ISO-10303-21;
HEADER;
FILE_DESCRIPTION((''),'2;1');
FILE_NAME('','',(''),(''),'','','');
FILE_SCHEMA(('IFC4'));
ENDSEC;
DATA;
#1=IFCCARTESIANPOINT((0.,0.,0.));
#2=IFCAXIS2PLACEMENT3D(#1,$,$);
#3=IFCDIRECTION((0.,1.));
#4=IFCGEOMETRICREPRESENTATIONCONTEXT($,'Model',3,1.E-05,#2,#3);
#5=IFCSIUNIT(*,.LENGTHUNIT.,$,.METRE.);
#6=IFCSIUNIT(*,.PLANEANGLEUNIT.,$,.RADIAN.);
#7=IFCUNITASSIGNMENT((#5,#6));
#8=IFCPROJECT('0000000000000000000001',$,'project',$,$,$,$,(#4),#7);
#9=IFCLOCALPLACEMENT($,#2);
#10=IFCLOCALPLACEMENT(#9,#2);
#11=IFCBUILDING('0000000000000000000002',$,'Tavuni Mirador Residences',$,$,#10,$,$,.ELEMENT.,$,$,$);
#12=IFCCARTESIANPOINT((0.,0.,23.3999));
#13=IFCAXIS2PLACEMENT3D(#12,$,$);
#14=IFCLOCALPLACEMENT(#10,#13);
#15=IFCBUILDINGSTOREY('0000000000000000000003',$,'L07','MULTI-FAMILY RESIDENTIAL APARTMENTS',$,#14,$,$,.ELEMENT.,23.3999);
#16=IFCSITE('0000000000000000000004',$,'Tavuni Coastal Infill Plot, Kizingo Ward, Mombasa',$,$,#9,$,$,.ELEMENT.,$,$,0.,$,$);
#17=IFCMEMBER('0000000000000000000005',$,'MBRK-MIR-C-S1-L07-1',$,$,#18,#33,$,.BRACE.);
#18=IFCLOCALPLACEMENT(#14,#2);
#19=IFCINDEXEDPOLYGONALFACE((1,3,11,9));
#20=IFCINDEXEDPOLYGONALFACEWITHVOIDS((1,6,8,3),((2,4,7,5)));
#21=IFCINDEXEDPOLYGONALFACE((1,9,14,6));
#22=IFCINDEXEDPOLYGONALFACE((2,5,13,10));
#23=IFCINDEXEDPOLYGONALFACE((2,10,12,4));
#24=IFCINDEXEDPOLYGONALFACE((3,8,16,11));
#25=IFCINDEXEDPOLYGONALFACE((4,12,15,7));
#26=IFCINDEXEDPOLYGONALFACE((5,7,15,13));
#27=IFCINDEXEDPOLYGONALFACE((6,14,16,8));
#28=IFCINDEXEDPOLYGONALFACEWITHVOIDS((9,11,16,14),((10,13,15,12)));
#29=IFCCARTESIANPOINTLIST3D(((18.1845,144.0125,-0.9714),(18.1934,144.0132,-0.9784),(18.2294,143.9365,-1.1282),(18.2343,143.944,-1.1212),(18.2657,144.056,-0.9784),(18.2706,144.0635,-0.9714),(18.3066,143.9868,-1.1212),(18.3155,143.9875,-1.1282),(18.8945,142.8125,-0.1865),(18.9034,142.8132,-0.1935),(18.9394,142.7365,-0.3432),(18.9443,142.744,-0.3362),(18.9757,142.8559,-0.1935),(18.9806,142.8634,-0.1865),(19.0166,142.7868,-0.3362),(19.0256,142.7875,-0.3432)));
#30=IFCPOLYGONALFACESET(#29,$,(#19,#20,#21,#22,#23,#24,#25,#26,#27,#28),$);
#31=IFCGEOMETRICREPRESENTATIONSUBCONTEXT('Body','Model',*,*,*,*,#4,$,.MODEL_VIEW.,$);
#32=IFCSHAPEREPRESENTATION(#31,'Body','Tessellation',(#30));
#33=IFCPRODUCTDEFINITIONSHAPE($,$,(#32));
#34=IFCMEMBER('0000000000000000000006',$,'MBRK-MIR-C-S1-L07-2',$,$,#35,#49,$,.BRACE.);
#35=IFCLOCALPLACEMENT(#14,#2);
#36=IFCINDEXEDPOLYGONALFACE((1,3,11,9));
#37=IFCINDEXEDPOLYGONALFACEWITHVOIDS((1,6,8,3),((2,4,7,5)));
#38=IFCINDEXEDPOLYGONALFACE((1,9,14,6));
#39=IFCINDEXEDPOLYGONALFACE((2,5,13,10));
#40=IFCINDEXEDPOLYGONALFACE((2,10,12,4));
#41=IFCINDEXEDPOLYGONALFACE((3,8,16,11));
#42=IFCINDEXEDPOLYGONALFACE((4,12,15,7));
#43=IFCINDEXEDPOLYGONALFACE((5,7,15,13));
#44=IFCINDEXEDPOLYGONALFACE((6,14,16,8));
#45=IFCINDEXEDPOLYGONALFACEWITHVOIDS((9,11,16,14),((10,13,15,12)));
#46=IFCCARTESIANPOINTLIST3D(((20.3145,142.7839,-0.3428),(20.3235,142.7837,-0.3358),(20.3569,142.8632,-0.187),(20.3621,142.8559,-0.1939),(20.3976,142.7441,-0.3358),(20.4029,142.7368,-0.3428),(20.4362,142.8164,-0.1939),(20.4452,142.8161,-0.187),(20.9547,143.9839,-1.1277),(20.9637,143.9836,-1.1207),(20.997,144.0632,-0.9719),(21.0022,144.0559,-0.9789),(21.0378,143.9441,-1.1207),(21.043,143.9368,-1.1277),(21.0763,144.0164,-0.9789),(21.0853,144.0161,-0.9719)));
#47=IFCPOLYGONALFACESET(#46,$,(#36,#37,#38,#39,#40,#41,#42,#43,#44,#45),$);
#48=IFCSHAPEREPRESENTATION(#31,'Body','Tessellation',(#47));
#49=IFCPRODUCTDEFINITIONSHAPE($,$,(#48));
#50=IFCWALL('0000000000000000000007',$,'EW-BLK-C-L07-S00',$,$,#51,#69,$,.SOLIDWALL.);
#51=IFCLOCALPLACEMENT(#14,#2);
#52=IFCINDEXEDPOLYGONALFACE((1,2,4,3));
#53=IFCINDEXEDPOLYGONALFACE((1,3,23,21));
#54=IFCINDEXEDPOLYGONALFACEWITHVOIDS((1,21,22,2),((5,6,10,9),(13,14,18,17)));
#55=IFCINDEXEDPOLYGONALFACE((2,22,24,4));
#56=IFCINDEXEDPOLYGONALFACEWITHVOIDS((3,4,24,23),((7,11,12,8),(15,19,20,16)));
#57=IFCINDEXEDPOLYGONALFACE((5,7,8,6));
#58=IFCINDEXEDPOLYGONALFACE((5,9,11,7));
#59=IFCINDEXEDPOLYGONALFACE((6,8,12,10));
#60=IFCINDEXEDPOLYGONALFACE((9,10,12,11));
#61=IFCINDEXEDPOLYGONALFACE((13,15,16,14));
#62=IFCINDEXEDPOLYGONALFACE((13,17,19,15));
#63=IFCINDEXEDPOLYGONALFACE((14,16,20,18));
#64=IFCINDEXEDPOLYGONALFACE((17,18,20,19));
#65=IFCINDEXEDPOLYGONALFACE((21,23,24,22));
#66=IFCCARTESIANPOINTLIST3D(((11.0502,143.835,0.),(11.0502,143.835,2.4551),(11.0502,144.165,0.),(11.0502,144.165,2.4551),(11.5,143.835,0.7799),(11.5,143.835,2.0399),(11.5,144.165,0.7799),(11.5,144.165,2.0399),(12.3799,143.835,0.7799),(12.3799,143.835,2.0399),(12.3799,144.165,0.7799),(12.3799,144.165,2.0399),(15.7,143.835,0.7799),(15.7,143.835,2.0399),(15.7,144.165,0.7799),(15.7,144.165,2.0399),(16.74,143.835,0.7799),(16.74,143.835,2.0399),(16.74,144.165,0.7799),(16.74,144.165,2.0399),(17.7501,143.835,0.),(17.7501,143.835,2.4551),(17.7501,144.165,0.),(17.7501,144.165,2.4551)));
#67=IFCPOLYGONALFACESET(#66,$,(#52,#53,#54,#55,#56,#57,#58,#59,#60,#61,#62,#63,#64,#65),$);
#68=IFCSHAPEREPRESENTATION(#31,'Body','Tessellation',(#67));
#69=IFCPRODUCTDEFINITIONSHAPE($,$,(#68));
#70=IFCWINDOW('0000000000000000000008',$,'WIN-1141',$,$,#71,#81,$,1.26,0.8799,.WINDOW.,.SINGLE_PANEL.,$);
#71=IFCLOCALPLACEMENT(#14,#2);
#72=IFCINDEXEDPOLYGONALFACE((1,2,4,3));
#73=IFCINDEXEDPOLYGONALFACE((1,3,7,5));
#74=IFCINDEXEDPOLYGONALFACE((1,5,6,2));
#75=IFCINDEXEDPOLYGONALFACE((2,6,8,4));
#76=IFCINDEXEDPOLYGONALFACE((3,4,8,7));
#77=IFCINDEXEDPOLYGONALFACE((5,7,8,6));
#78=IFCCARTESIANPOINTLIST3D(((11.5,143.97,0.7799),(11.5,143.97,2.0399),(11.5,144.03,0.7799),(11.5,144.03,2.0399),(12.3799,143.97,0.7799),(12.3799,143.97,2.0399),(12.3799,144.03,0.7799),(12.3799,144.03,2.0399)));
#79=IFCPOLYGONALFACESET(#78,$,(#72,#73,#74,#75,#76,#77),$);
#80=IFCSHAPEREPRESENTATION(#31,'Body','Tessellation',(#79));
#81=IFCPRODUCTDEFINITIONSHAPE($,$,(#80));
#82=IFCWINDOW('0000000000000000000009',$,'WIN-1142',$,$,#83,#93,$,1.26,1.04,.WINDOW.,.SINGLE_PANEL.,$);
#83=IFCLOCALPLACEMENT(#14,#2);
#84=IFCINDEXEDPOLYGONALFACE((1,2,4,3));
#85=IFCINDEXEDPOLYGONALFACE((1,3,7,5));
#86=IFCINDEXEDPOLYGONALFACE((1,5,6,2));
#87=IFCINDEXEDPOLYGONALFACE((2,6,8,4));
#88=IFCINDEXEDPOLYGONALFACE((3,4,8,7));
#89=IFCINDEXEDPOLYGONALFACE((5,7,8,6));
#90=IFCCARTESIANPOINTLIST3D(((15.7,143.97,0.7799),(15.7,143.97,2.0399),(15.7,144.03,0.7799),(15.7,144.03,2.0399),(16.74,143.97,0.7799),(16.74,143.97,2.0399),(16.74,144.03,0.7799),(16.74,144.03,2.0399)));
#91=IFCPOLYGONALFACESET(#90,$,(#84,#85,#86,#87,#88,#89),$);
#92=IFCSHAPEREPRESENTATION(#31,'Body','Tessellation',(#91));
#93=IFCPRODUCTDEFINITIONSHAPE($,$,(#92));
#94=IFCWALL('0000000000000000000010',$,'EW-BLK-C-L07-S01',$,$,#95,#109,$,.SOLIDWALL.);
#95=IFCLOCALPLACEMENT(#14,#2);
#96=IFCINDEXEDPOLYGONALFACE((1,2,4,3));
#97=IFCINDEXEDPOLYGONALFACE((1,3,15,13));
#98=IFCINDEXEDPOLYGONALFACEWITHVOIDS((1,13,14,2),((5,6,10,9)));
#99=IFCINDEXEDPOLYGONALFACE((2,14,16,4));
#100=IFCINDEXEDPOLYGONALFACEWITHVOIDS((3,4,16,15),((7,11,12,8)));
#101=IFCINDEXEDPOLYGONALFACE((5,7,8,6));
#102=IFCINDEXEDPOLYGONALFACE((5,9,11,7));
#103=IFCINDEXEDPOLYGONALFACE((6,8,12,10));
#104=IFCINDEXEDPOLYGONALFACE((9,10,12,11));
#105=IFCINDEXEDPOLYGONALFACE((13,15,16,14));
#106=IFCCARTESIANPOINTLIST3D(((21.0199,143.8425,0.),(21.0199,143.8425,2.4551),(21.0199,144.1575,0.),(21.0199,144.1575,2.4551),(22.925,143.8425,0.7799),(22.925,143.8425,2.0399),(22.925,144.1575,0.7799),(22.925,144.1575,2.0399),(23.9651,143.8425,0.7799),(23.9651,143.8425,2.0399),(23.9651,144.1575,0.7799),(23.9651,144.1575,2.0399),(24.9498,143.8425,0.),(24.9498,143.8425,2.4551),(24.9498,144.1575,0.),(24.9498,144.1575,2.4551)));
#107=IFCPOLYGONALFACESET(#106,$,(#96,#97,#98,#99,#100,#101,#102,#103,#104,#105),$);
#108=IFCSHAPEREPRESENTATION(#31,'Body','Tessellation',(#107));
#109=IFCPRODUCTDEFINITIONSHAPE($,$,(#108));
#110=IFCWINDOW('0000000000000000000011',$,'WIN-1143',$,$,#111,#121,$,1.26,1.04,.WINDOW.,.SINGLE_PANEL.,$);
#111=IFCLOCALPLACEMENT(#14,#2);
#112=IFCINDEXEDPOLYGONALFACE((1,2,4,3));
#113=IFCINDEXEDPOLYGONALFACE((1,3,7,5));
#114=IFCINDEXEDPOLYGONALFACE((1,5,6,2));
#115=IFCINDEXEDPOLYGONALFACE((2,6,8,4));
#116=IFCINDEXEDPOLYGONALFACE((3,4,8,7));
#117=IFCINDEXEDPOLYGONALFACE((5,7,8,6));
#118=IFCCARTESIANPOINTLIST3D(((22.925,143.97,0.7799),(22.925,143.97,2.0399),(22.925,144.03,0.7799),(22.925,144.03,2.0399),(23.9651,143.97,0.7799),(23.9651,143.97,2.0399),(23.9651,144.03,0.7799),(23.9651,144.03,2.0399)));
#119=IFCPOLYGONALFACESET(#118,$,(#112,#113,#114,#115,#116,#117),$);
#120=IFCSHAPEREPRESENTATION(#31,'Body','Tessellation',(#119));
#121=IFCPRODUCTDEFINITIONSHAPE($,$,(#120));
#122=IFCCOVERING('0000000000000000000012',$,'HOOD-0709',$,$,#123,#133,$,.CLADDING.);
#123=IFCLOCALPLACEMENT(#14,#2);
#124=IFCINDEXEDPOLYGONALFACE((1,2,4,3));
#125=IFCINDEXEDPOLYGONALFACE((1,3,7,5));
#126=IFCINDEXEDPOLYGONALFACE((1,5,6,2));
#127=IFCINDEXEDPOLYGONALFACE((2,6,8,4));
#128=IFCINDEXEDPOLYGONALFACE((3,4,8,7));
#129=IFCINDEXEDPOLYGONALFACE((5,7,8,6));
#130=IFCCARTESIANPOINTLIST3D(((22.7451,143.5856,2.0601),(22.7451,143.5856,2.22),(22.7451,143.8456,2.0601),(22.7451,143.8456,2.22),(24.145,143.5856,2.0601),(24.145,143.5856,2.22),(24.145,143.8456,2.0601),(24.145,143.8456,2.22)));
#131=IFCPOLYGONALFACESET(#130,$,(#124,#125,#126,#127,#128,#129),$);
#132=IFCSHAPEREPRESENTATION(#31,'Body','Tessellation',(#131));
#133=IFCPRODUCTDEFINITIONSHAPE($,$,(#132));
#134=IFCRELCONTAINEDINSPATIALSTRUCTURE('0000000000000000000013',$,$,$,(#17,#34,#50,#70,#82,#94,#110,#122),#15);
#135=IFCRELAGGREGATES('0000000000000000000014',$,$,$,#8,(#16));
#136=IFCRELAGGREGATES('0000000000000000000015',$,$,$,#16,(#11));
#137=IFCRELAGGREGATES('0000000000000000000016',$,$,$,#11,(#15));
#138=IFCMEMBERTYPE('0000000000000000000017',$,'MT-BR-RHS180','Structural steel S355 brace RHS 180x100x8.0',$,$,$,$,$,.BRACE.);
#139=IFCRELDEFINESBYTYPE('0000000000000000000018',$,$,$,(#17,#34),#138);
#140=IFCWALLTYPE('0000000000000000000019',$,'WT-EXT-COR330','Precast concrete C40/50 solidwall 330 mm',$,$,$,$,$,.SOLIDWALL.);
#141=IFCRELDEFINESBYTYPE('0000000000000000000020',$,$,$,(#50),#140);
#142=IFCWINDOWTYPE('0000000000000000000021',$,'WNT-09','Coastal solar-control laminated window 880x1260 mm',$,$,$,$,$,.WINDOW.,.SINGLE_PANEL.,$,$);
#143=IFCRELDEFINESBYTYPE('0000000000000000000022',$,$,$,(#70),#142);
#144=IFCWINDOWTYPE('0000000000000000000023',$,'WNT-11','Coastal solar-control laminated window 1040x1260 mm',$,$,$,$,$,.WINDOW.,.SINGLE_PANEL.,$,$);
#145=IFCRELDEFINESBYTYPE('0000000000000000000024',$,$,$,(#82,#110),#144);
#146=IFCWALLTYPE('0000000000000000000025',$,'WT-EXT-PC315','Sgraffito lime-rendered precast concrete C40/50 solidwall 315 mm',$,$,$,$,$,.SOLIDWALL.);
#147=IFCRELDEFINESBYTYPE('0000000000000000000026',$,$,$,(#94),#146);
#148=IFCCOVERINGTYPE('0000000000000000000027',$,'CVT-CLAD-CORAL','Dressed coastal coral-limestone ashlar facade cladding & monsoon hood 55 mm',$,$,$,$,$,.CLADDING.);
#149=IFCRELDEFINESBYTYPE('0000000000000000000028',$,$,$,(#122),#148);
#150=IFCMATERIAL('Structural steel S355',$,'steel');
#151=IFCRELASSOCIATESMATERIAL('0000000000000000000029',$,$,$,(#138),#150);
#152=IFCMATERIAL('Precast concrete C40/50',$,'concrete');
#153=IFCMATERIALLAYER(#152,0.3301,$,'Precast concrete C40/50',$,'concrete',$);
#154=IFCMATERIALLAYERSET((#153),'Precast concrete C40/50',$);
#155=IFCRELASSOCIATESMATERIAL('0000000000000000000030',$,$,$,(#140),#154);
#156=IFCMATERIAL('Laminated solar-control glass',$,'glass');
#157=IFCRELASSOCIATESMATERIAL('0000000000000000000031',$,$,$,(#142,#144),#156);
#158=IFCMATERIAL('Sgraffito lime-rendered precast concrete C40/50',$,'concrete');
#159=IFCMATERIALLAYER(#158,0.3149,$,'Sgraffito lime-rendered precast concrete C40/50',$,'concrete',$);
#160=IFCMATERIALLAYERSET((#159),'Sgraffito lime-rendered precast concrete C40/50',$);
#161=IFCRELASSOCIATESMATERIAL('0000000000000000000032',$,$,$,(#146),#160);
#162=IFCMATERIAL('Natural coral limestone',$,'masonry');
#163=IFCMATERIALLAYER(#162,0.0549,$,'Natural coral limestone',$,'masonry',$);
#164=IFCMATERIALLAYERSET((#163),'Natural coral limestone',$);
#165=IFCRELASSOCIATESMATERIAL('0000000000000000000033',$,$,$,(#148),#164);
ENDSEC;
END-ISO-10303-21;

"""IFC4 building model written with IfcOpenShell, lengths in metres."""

from ifc_helpers import new_model, si_unit, direction, frame, frame_2d, origin, origin_2d, place, context, subcontext, project, spatial, rectangle, hollow_rectangle, extrude, material, layer, layer_set, material_profile, profile_set, type_object, element, fill, save


model = new_model("IFC4")

# Units and contexts
model_context = context("Model", 3, precision=1e-05, world=origin(), true_north=direction((0.0, 1.0)))
body_context = subcontext(model_context, "Body", "Model", "MODEL_VIEW")
ifc_project = project(units=[si_unit("LENGTHUNIT", "METRE"), si_unit("PLANEANGLEUNIT", "RADIAN")], contexts=[model_context])

# Site, building, storey
site_placement = place(None, origin())
site = spatial("IfcSite", under=ifc_project, at=site_placement, Name="Tavuni Coastal Infill Plot, Kizingo Ward, Mombasa", CompositionType="ELEMENT", RefElevation=0.0)
building_placement = place(site_placement, origin())
building = spatial("IfcBuilding", under=site, at=building_placement, Name="Tavuni Mirador Residences", CompositionType="ELEMENT")
storey_placement = place(building_placement, frame((0.0, 0.0, 23.3999)))
storey = spatial("IfcBuildingStorey", under=building, at=storey_placement, Name="L07", Description="MULTI-FAMILY RESIDENTIAL APARTMENTS", CompositionType="ELEMENT", Elevation=23.3999)

# Shared definitions
ifc_material_1 = material(Name="Precast concrete C40/50", Category="concrete")

# Members
ifc_material_2 = material(Name="Structural steel S355", Category="steel")
ifc_material_profile_1 = material_profile(ifc_material_2, hollow_rectangle(XDim=0.1001, YDim=0.1799, WallThickness=0.0081, at=origin_2d()), Name="RHS 180x100x8.0", Category="steel")
ifc_profile_set_1 = profile_set([ifc_material_profile_1], Name="Structural steel S355")
member_type_1 = type_object("IfcMemberType", Name="MT-BR-RHS180", Description="Structural steel S355 brace RHS 180x100x8.0", PredefinedType="BRACE", material=ifc_profile_set_1)
member_1_placement = place(storey_placement, frame((18.25, 144.0, -1.0498), z_axis=(0.443724, -0.749967, 0.490569), x_axis=(0.860644, 0.509207, 0.0)))
element("IfcMember", 1, at=member_1_placement, inside=storey, type_object=member_type_1, Name="MBRK-MIR-C-S1-L07-1", PredefinedType="BRACE", context=body_context, shape_type="SweptSolid", body=[
    extrude(hollow_rectangle(XDim=0.1001, YDim=0.1799, WallThickness=0.0081, at=origin_2d()), origin(), (0.0, 0.0, 1.0), 1.6001),
])
member_2_placement = place(storey_placement, frame((21.02, 144.0, -1.0498), z_axis=(-0.407661, -0.764169, 0.499858), x_axis=(0.882303, -0.470681, 0.0)))
element("IfcMember", 2, at=member_2_placement, inside=storey, type_object=member_type_1, Name="MBRK-MIR-C-S1-L07-2", PredefinedType="BRACE", context=body_context, shape_type="SweptSolid", body=[
    extrude(hollow_rectangle(XDim=0.1001, YDim=0.1799, WallThickness=0.0081, at=origin_2d()), origin(), (0.0, 0.0, 1.0), 1.5703),
])

# Wall, openings, windows
ifc_layer_1 = layer(ifc_material_1, 0.3301, Name="Precast concrete C40/50", Category="concrete")
ifc_layer_set_1 = layer_set([ifc_layer_1], Name="Precast concrete C40/50")
wall_type_1 = type_object("IfcWallType", Name="WT-EXT-COR330", Description="Precast concrete C40/50 solidwall 330 mm", PredefinedType="SOLIDWALL", material=ifc_layer_set_1)
wall_1_placement = place(storey_placement, frame((11.05, 144.0, 0.0), z_axis=(0.0, 0.0, 1.0), x_axis=(1.0, 0.0, 0.0)))
wall_1 = element("IfcWall", 3, at=wall_1_placement, inside=storey, type_object=wall_type_1, Name="EW-BLK-C-L07-S00", PredefinedType="SOLIDWALL", context=body_context, shape_type="SweptSolid", body=[
    extrude(rectangle(XDim=6.7, YDim=0.3301, at=frame_2d((3.3501, 0.0))), origin(), (0.0, 0.0, 1.0), 2.4551),
])
opening_1_placement = place(wall_1_placement, frame((0.45, 0.0, 0.78)))
opening_1 = element("IfcOpeningElement", 4, at=opening_1_placement, cuts=wall_1, PredefinedType="OPENING", context=body_context, shape_type="SweptSolid", body=[
    extrude(rectangle(XDim=0.8799, YDim=1.26, at=frame_2d((0.4399, 0.6299))), frame((0.0, 0.175, 0.0), z_axis=(0.0, -1.0, 0.0), x_axis=(1.0, 0.0, 0.0)), (0.0, 0.0, 1.0), 0.3501),
])
opening_2_placement = place(wall_1_placement, frame((4.6499, 0.0, 0.78)))
opening_2 = element("IfcOpeningElement", 5, at=opening_2_placement, cuts=wall_1, PredefinedType="OPENING", context=body_context, shape_type="SweptSolid", body=[
    extrude(rectangle(XDim=1.04, YDim=1.26, at=frame_2d((0.52, 0.6299))), frame((0.0, 0.175, 0.0), z_axis=(0.0, -1.0, 0.0), x_axis=(1.0, 0.0, 0.0)), (0.0, 0.0, 1.0), 0.3501),
])
ifc_material_3 = material(Name="Laminated solar-control glass", Category="glass")
window_type_1 = type_object("IfcWindowType", Name="WNT-09", Description="Coastal solar-control laminated window 880x1260 mm", PartitioningType="SINGLE_PANEL", PredefinedType="WINDOW", material=ifc_material_3)
window_1_placement = place(opening_1_placement, origin())
window_1 = element("IfcWindow", 6, at=window_1_placement, inside=storey, type_object=window_type_1, Name="WIN-1141", OverallHeight=1.26, OverallWidth=0.8799, PartitioningType="SINGLE_PANEL", PredefinedType="WINDOW", context=body_context, shape_type="SweptSolid", body=[
    extrude(rectangle(XDim=0.8799, YDim=1.26, at=frame_2d((0.4399, 0.6299))), frame((0.0, 0.03, 0.0), z_axis=(0.0, -1.0, 0.0), x_axis=(1.0, 0.0, 0.0)), (0.0, 0.0, 1.0), 0.0601),
])
fill(opening_1, window_1)
window_type_2 = type_object("IfcWindowType", Name="WNT-11", Description="Coastal solar-control laminated window 1040x1260 mm", PartitioningType="SINGLE_PANEL", PredefinedType="WINDOW", material=ifc_material_3)
window_2_placement = place(opening_2_placement, origin())
window_2 = element("IfcWindow", 7, at=window_2_placement, inside=storey, type_object=window_type_2, Name="WIN-1142", OverallHeight=1.26, OverallWidth=1.04, PartitioningType="SINGLE_PANEL", PredefinedType="WINDOW", context=body_context, shape_type="SweptSolid", body=[
    extrude(rectangle(XDim=1.04, YDim=1.26, at=frame_2d((0.52, 0.6299))), frame((0.0, 0.03, 0.0), z_axis=(0.0, -1.0, 0.0), x_axis=(1.0, 0.0, 0.0)), (0.0, 0.0, 1.0), 0.0601),
])
fill(opening_2, window_2)

# Wall, opening, window
ifc_material_4 = material(Name="Sgraffito lime-rendered precast concrete C40/50", Category="concrete")
ifc_layer_2 = layer(ifc_material_4, 0.3149, Name="Sgraffito lime-rendered precast concrete C40/50", Category="concrete")
ifc_layer_set_2 = layer_set([ifc_layer_2], Name="Sgraffito lime-rendered precast concrete C40/50")
wall_type_2 = type_object("IfcWallType", Name="WT-EXT-PC315", Description="Sgraffito lime-rendered precast concrete C40/50 solidwall 315 mm", PredefinedType="SOLIDWALL", material=ifc_layer_set_2)
wall_2_placement = place(storey_placement, frame((21.02, 144.0, 0.0), z_axis=(0.0, 0.0, 1.0), x_axis=(1.0, 0.0, 0.0)))
wall_2 = element("IfcWall", 8, at=wall_2_placement, inside=storey, type_object=wall_type_2, Name="EW-BLK-C-L07-S01", PredefinedType="SOLIDWALL", context=body_context, shape_type="SweptSolid", body=[
    extrude(rectangle(XDim=3.9299, YDim=0.3149, at=frame_2d((1.9648, 0.0))), origin(), (0.0, 0.0, 1.0), 2.4551),
])
opening_3_placement = place(wall_2_placement, frame((1.905, 0.0, 0.78)))
opening_3 = element("IfcOpeningElement", 9, at=opening_3_placement, cuts=wall_2, PredefinedType="OPENING", context=body_context, shape_type="SweptSolid", body=[
    extrude(rectangle(XDim=1.04, YDim=1.26, at=frame_2d((0.52, 0.6299))), frame((0.0, 0.1675, 0.0), z_axis=(0.0, -1.0, 0.0), x_axis=(1.0, 0.0, 0.0)), (0.0, 0.0, 1.0), 0.335),
])
window_3_placement = place(opening_3_placement, origin())
window_3 = element("IfcWindow", 10, at=window_3_placement, inside=storey, type_object=window_type_2, Name="WIN-1143", OverallHeight=1.26, OverallWidth=1.04, PartitioningType="SINGLE_PANEL", PredefinedType="WINDOW", context=body_context, shape_type="SweptSolid", body=[
    extrude(rectangle(XDim=1.04, YDim=1.26, at=frame_2d((0.52, 0.6299))), frame((0.0, 0.03, 0.0), z_axis=(0.0, -1.0, 0.0), x_axis=(1.0, 0.0, 0.0)), (0.0, 0.0, 1.0), 0.0601),
])
fill(opening_3, window_3)

# Covering
ifc_material_5 = material(Name="Natural coral limestone", Category="masonry")
ifc_layer_3 = layer(ifc_material_5, 0.0549, Name="Natural coral limestone", Category="masonry")
ifc_layer_set_3 = layer_set([ifc_layer_3], Name="Natural coral limestone")
covering_type = type_object("IfcCoveringType", Name="CVT-CLAD-CORAL", Description="Dressed coastal coral-limestone ashlar facade cladding & monsoon hood 55 mm", PredefinedType="CLADDING", material=ifc_layer_set_3)
covering_placement = place(storey_placement, frame((23.4451, 143.7156, 2.0601), z_axis=(0.0, 0.0, 1.0), x_axis=(1.0, 0.0, 0.0)))
element("IfcCovering", 11, at=covering_placement, inside=storey, type_object=covering_type, Name="HOOD-0709", PredefinedType="CLADDING", context=body_context, shape_type="SweptSolid", body=[
    extrude(rectangle(XDim=1.3999, YDim=0.26, at=origin_2d()), origin(), (0.0, 0.0, 1.0), 0.1599),
])

save(model, "model.ifc")
